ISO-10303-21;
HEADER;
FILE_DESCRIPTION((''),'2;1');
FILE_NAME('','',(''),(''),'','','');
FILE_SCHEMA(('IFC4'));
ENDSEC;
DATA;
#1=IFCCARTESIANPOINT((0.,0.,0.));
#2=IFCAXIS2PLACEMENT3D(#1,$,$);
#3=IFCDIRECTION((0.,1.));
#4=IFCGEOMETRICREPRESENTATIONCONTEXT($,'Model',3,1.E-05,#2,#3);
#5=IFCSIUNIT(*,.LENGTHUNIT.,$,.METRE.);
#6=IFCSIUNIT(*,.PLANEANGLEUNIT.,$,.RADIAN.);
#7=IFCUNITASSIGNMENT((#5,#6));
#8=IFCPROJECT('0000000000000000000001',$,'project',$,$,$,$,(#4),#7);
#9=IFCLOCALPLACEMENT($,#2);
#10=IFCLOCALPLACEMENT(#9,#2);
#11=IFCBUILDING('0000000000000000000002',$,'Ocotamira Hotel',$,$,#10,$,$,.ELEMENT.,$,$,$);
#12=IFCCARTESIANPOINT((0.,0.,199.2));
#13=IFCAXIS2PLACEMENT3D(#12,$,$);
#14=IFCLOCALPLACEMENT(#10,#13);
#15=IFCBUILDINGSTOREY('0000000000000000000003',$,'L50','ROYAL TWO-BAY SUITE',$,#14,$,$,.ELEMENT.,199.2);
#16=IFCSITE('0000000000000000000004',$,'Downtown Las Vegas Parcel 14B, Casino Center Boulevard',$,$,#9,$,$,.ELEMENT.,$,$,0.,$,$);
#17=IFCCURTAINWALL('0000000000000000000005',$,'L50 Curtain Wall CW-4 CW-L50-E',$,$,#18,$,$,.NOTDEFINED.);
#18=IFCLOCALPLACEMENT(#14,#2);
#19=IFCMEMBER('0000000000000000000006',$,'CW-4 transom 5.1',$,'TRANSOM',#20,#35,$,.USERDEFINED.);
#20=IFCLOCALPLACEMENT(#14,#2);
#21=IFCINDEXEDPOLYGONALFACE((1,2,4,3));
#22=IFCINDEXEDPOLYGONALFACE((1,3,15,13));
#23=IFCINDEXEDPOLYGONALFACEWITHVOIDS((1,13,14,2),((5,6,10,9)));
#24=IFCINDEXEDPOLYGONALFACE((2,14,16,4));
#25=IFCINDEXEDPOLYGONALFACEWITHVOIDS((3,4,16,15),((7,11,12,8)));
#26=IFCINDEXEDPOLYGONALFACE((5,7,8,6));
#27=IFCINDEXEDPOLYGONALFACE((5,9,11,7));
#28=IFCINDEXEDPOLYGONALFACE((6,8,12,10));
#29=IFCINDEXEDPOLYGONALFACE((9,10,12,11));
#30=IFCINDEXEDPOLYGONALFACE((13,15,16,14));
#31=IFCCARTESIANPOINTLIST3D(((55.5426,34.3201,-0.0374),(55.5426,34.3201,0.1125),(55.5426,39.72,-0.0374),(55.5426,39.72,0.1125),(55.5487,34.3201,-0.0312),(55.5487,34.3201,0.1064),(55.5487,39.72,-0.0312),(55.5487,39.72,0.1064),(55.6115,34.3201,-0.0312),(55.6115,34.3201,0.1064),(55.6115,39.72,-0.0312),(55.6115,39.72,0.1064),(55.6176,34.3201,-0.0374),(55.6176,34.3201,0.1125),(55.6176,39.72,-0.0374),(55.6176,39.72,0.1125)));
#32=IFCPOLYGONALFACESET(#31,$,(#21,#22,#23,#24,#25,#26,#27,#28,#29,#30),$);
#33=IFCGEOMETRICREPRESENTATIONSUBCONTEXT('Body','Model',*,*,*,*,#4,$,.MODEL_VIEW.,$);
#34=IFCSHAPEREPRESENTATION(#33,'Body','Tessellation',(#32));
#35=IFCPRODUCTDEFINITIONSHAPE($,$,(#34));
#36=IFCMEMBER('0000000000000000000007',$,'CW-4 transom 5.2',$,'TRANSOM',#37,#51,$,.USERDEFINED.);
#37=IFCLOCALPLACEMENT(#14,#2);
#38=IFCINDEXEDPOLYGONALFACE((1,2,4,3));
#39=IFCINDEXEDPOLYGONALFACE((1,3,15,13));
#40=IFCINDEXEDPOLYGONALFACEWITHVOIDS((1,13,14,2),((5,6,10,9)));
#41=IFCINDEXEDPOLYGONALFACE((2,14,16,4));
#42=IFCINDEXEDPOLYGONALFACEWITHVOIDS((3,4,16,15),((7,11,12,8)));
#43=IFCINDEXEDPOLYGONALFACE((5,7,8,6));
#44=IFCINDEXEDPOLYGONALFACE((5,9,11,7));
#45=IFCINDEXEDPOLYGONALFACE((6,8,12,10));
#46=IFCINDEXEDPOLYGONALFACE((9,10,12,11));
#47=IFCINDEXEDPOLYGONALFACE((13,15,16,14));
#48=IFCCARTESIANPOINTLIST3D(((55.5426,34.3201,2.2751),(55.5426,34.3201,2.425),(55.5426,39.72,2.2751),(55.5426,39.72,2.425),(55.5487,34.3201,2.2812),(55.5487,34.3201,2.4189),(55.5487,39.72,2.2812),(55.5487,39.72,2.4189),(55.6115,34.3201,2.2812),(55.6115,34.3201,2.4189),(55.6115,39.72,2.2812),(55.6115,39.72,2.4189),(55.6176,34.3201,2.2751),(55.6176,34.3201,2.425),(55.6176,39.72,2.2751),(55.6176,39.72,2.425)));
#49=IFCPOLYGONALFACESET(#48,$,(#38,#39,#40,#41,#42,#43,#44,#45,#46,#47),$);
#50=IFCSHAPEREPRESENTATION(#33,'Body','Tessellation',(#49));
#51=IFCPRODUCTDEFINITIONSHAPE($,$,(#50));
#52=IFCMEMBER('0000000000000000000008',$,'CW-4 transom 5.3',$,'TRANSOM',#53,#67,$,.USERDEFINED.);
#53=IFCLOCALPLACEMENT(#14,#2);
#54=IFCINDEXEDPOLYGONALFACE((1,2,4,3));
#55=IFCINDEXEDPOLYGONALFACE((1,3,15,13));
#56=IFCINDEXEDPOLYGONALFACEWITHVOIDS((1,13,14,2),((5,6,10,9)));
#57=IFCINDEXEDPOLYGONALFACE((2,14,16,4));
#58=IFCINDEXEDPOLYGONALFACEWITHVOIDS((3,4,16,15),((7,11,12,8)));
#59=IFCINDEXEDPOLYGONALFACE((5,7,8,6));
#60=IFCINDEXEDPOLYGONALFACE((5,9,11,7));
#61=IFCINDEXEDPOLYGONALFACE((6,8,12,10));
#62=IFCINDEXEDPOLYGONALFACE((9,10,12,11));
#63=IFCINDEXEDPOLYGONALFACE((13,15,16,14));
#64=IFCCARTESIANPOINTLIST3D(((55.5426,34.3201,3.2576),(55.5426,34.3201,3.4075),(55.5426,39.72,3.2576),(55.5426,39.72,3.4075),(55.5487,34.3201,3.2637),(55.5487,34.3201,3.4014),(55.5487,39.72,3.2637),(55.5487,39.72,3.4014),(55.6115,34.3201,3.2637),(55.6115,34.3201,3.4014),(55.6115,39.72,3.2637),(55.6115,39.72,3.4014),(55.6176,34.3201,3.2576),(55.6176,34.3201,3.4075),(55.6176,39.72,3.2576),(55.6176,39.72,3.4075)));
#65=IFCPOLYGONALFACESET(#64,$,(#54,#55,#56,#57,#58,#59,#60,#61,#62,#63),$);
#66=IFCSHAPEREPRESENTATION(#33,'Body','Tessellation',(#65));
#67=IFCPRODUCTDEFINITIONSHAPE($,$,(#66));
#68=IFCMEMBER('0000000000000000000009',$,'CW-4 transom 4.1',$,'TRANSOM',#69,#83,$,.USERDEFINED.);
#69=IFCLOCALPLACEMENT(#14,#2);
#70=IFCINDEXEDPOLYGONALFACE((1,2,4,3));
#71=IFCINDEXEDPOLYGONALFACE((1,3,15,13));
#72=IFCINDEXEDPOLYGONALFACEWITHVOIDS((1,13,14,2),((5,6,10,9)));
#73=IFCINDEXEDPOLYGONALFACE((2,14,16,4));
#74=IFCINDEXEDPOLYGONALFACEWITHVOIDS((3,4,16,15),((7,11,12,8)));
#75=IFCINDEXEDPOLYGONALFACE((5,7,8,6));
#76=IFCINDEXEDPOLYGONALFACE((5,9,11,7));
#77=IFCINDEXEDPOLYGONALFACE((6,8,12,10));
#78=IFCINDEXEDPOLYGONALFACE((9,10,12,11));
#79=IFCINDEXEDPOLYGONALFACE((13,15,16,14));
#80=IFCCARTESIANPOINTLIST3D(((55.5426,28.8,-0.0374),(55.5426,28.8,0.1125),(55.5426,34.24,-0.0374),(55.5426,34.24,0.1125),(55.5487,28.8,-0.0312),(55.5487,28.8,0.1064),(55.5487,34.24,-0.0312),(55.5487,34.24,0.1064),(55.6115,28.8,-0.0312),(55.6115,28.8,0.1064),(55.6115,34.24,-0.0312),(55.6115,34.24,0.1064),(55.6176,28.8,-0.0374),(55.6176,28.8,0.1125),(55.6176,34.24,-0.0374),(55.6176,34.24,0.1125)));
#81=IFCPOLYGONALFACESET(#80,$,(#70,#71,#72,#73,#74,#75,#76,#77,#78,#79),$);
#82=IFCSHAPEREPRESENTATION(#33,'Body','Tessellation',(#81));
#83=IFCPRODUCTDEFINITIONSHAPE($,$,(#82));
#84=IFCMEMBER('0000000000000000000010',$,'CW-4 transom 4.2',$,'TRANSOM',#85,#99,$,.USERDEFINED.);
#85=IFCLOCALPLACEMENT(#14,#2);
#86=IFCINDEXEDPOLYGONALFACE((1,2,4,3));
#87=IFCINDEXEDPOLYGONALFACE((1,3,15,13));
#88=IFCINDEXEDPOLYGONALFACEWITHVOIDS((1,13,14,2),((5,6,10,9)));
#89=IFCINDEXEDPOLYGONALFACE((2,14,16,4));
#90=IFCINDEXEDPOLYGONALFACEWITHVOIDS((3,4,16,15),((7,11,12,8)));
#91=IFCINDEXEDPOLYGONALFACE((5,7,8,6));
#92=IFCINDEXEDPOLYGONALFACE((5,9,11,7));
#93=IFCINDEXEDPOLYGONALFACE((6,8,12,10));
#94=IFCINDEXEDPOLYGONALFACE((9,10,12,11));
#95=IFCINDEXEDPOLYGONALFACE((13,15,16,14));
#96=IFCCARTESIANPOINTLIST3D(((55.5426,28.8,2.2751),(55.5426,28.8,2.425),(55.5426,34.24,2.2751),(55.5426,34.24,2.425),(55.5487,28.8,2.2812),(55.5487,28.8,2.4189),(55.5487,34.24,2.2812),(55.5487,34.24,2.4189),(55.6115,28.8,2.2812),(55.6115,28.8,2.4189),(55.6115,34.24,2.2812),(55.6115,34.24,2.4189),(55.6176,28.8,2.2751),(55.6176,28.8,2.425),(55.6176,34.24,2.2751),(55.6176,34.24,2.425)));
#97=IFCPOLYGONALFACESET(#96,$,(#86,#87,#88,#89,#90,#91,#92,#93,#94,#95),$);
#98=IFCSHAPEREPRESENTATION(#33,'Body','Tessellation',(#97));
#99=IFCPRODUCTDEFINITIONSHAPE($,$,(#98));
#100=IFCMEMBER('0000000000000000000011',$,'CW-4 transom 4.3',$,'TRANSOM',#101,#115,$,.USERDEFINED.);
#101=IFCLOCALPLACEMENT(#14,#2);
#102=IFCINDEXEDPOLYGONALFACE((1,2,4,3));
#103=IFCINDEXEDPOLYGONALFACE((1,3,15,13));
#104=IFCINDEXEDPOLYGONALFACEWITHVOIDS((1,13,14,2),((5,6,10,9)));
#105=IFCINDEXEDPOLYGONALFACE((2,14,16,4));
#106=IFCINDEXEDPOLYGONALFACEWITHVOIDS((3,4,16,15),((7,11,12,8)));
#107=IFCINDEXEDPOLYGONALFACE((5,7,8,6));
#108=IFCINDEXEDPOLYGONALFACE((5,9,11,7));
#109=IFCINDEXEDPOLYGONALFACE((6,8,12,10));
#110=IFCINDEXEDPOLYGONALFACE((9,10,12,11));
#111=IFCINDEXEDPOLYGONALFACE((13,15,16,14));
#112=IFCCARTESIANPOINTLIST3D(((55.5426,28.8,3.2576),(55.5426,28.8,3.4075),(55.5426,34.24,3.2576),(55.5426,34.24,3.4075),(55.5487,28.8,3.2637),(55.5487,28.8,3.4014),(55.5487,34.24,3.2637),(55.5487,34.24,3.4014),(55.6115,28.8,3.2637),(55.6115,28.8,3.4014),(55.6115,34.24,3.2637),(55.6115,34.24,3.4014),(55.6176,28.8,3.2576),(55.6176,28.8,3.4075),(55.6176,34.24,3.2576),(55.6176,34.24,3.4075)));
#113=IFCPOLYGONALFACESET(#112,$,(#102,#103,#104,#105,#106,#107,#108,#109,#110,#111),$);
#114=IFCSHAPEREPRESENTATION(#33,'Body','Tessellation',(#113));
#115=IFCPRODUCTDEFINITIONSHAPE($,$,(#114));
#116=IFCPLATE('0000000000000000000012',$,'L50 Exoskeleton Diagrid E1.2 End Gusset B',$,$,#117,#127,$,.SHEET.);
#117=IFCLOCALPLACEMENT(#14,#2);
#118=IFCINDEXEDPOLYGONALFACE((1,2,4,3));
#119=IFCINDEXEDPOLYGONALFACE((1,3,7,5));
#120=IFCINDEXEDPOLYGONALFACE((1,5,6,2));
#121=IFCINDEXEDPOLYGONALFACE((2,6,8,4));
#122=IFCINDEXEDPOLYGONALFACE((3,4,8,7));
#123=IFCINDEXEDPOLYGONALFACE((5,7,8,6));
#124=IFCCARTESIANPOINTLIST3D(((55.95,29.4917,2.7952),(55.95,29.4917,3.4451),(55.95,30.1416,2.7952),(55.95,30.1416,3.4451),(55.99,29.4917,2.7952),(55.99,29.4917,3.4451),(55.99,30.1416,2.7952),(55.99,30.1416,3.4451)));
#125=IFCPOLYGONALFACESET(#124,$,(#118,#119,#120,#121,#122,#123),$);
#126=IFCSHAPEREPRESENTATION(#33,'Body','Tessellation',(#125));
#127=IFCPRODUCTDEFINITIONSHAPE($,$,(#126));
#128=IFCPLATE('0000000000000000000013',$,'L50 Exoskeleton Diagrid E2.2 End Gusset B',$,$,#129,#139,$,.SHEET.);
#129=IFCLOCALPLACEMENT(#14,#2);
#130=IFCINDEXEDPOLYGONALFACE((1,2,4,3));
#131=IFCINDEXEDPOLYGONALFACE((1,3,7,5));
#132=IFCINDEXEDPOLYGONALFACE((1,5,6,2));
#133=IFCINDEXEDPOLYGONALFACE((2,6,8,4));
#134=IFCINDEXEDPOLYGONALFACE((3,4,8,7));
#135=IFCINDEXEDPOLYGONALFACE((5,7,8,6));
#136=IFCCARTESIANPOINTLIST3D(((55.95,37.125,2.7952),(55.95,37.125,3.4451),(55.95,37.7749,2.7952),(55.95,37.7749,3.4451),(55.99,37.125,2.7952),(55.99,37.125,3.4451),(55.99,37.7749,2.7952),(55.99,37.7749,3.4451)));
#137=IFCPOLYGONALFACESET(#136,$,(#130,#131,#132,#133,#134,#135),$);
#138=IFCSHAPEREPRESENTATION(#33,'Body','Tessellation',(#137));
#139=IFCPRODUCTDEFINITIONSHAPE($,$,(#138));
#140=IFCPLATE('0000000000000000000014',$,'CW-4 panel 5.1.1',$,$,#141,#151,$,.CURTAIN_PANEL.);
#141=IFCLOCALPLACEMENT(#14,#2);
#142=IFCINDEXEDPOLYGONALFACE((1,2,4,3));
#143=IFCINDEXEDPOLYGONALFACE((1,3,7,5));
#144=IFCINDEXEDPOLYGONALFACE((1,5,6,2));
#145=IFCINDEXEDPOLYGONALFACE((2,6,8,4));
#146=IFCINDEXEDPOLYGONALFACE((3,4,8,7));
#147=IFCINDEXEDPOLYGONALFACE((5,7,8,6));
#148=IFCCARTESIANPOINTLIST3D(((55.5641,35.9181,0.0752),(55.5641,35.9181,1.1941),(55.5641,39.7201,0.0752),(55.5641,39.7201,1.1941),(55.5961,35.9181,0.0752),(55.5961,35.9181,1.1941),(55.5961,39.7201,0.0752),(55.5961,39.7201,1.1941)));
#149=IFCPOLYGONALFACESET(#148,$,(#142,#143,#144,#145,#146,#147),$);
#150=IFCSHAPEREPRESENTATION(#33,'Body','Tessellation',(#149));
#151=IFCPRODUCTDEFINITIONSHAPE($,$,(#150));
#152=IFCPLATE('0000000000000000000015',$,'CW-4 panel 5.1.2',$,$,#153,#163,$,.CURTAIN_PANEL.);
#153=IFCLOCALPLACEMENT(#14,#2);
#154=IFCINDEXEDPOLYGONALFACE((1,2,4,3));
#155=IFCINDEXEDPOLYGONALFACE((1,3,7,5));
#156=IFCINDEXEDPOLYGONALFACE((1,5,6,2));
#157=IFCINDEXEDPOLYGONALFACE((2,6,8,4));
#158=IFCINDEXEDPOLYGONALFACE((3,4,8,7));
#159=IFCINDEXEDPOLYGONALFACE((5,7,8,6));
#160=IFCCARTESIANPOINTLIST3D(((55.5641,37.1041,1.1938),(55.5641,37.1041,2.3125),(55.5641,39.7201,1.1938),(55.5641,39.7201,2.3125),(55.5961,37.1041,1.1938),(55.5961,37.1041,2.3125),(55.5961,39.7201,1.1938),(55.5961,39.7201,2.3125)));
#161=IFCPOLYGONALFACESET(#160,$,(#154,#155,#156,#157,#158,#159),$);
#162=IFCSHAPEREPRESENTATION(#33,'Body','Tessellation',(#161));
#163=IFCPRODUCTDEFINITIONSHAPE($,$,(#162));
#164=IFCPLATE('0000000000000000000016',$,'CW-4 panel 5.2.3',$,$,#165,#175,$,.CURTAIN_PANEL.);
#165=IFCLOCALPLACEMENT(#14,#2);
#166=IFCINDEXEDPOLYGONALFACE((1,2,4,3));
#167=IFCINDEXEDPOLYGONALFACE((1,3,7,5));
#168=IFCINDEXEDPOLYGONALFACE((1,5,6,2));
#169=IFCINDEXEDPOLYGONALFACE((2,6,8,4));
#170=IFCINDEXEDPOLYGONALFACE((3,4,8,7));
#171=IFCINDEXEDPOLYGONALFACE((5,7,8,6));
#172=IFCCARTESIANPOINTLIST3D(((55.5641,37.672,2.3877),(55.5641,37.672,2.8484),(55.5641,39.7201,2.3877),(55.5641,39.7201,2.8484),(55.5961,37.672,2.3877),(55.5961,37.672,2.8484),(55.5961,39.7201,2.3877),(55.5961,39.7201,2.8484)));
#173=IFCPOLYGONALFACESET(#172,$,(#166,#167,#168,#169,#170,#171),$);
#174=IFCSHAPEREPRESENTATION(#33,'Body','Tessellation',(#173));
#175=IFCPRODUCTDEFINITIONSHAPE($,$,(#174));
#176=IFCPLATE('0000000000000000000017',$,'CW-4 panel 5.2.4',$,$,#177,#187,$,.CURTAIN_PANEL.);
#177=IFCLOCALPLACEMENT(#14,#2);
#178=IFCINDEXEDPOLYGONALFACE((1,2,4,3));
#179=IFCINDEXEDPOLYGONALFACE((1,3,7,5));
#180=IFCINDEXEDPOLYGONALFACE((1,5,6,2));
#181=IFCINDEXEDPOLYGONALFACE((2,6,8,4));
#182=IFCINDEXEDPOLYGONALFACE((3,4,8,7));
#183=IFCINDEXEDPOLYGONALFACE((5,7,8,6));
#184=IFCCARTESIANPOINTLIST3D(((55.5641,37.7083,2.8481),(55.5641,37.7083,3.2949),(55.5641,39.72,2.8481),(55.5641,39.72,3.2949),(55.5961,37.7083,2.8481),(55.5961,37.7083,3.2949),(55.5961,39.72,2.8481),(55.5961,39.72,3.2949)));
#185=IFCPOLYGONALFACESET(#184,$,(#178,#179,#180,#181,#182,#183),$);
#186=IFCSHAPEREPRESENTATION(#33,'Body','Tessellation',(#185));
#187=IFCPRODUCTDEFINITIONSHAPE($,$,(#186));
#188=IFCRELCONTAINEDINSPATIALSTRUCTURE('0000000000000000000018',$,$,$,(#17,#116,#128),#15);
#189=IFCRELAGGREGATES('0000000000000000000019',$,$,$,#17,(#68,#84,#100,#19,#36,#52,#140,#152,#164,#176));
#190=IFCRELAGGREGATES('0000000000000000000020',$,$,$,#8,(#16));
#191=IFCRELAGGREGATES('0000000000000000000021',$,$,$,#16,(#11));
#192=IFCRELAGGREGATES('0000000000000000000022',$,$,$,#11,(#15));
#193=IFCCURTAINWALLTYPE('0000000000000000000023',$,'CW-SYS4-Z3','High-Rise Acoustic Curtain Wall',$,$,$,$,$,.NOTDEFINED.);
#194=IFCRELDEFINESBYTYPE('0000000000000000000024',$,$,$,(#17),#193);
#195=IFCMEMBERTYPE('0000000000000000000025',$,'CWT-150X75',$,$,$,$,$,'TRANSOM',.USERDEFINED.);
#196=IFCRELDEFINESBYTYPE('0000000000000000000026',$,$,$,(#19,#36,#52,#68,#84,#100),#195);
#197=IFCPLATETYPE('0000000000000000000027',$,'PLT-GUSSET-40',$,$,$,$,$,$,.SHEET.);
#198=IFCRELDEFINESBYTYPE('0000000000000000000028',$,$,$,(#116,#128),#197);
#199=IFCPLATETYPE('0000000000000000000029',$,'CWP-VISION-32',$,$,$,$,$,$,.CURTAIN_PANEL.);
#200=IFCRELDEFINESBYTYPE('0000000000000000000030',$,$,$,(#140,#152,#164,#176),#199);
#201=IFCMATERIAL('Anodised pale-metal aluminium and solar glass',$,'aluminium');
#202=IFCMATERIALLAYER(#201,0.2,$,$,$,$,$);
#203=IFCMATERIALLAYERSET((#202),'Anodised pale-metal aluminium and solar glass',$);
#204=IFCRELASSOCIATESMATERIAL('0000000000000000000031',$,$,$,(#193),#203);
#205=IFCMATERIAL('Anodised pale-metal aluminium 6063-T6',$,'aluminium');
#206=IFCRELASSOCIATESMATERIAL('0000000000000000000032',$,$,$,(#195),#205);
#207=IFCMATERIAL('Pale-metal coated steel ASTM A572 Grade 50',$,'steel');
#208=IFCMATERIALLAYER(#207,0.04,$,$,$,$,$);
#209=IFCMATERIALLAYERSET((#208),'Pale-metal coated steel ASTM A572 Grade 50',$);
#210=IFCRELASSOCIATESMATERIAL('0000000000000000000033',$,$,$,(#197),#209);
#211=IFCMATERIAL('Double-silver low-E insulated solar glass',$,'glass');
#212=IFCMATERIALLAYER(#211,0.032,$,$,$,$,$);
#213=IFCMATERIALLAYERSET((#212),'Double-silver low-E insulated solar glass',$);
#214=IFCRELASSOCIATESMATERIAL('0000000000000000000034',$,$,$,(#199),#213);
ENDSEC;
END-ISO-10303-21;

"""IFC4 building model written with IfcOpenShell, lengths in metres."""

from ifc_helpers import new_model, si_unit, direction, frame, origin, origin_2d, place, context, subcontext, project, spatial, rectangle, hollow_rectangle, extrude, source, transform, mapped, material, layer, layer_set, material_profile, profile_set, type_object, element, aggregate, save


model = new_model("IFC4")

# Units and contexts
model_context = context("Model", 3, precision=1e-05, world=origin(), true_north=direction((0.0, 1.0)))
body_context = subcontext(model_context, "Body", "Model", "MODEL_VIEW")
ifc_project = project(units=[si_unit("LENGTHUNIT", "METRE"), si_unit("PLANEANGLEUNIT", "RADIAN")], contexts=[model_context])

# Site, building, storey
site_placement = place(None, origin())
site = spatial("IfcSite", under=ifc_project, at=site_placement, Name="Downtown Las Vegas Parcel 14B, Casino Center Boulevard", CompositionType="ELEMENT", RefElevation=0.0)
building_placement = place(site_placement, origin())
building = spatial("IfcBuilding", under=site, at=building_placement, Name="Ocotamira Hotel", CompositionType="ELEMENT")
storey_placement = place(building_placement, frame((0.0, 0.0, 199.2)))
storey = spatial("IfcBuildingStorey", under=building, at=storey_placement, Name="L50", Description="ROYAL TWO-BAY SUITE", CompositionType="ELEMENT", Elevation=199.2)

# Curtain wall, members
ifc_material_1 = material(Name="Anodised pale-metal aluminium and solar glass", Category="aluminium")
ifc_layer_1 = layer(ifc_material_1, 0.2)
ifc_layer_set_1 = layer_set([ifc_layer_1], Name="Anodised pale-metal aluminium and solar glass")
curtain_wall_type = type_object("IfcCurtainWallType", Name="CW-SYS4-Z3", Description="High-Rise Acoustic Curtain Wall", PredefinedType="NOTDEFINED", material=ifc_layer_set_1)
curtain_wall_placement = place(storey_placement, origin())
curtain_wall = element("IfcCurtainWall", 1, at=curtain_wall_placement, inside=storey, type_object=curtain_wall_type, Name="L50 Curtain Wall CW-4 CW-L50-E", PredefinedType="NOTDEFINED")
ifc_material_2 = material(Name="Anodised pale-metal aluminium 6063-T6", Category="aluminium")
ifc_material_profile_1 = material_profile(ifc_material_2, hollow_rectangle(XDim=0.075, YDim=0.1499, WallThickness=0.0061, at=origin_2d()), Name="HSS150X75X6")
ifc_profile_set_1 = profile_set([ifc_material_profile_1], Name="Anodised pale-metal aluminium 6063-T6")
member_type_1 = type_object("IfcMemberType", Name="CWT-150X75", ElementType="TRANSOM", PredefinedType="USERDEFINED", material=ifc_profile_set_1)
shared_shape_1 = source(origin(), body_context, "Body", "SweptSolid", [
    extrude(hollow_rectangle(XDim=0.075, YDim=0.1499, WallThickness=0.0061, at=origin_2d()), origin(), (0.0, 0.0, 1.0), 5.3999),
])
member_1_placement = place(storey_placement, frame((55.5801, 34.3201, 0.0376), z_axis=(0.0, 1.0, 0.0), x_axis=(-1.0, 0.0, 0.0)))
member_1 = element("IfcMember", 2, at=member_1_placement, type_object=member_type_1, Name="CW-4 transom 5.1", ObjectType="TRANSOM", PredefinedType="USERDEFINED", context=body_context, shape_type="MappedRepresentation", body=[
    mapped(shared_shape_1, transform((0.0, 0.0, 0.0), scale=1.0)),
])
member_2_placement = place(storey_placement, frame((55.5801, 34.3201, 2.3501), z_axis=(0.0, 1.0, 0.0), x_axis=(-1.0, 0.0, 0.0)))
member_2 = element("IfcMember", 3, at=member_2_placement, type_object=member_type_1, Name="CW-4 transom 5.2", ObjectType="TRANSOM", PredefinedType="USERDEFINED", context=body_context, shape_type="MappedRepresentation", body=[
    mapped(shared_shape_1, transform((0.0, 0.0, 0.0), scale=1.0)),
])
member_3_placement = place(storey_placement, frame((55.5801, 34.3201, 3.3325), z_axis=(0.0, 1.0, 0.0), x_axis=(-1.0, 0.0, 0.0)))
member_3 = element("IfcMember", 4, at=member_3_placement, type_object=member_type_1, Name="CW-4 transom 5.3", ObjectType="TRANSOM", PredefinedType="USERDEFINED", context=body_context, shape_type="MappedRepresentation", body=[
    mapped(shared_shape_1, transform((0.0, 0.0, 0.0), scale=1.0)),
])
shared_shape_2 = source(origin(), body_context, "Body", "SweptSolid", [
    extrude(hollow_rectangle(XDim=0.075, YDim=0.1499, WallThickness=0.0061, at=origin_2d()), origin(), (0.0, 0.0, 1.0), 5.4399),
])
member_4_placement = place(storey_placement, frame((55.5801, 28.8, 0.0376), z_axis=(0.0, 1.0, 0.0), x_axis=(-1.0, 0.0, 0.0)))
member_4 = element("IfcMember", 5, at=member_4_placement, type_object=member_type_1, Name="CW-4 transom 4.1", ObjectType="TRANSOM", PredefinedType="USERDEFINED", context=body_context, shape_type="MappedRepresentation", body=[
    mapped(shared_shape_2, transform((0.0, 0.0, 0.0), scale=1.0)),
])
member_5_placement = place(storey_placement, frame((55.5801, 28.8, 2.3501), z_axis=(0.0, 1.0, 0.0), x_axis=(-1.0, 0.0, 0.0)))
member_5 = element("IfcMember", 6, at=member_5_placement, type_object=member_type_1, Name="CW-4 transom 4.2", ObjectType="TRANSOM", PredefinedType="USERDEFINED", context=body_context, shape_type="MappedRepresentation", body=[
    mapped(shared_shape_2, transform((0.0, 0.0, 0.0), scale=1.0)),
])
member_6_placement = place(storey_placement, frame((55.5801, 28.8, 3.3325), z_axis=(0.0, 1.0, 0.0), x_axis=(-1.0, 0.0, 0.0)))
member_6 = element("IfcMember", 7, at=member_6_placement, type_object=member_type_1, Name="CW-4 transom 4.3", ObjectType="TRANSOM", PredefinedType="USERDEFINED", context=body_context, shape_type="MappedRepresentation", body=[
    mapped(shared_shape_2, transform((0.0, 0.0, 0.0), scale=1.0)),
])

# Plates
ifc_material_3 = material(Name="Pale-metal coated steel ASTM A572 Grade 50", Category="steel")
ifc_layer_2 = layer(ifc_material_3, 0.04)
ifc_layer_set_2 = layer_set([ifc_layer_2], Name="Pale-metal coated steel ASTM A572 Grade 50")
plate_type_1 = type_object("IfcPlateType", Name="PLT-GUSSET-40", PredefinedType="SHEET", material=ifc_layer_set_2)
shared_shape_3 = source(origin(), body_context, "Body", "SweptSolid", [
    extrude(rectangle(XDim=0.04, YDim=0.6499, at=origin_2d()), origin(), (0.0, 0.0, 1.0), 0.6499),
])
for number, where, z_axis, x_axis, name in (
    (8, (55.97, 29.8167, 2.7952), (0.0, 0.0, 1.0), (1.0, 0.0, 0.0), "L50 Exoskeleton Diagrid E1.2 End Gusset B"),
    (9, (55.97, 37.45, 2.7952), (0.0, 0.0, 1.0), (1.0, 0.0, 0.0), "L50 Exoskeleton Diagrid E2.2 End Gusset B"),
):
    element("IfcPlate", number, at=place(storey_placement, frame(where, z_axis=z_axis, x_axis=x_axis)), inside=storey, type_object=plate_type_1, Name=name, PredefinedType="SHEET", context=body_context, shape_type="MappedRepresentation", body=[
        mapped(shared_shape_3, transform((0.0, 0.0, 0.0), scale=1.0)),
    ])

# Plates
ifc_material_4 = material(Name="Double-silver low-E insulated solar glass", Category="glass")
ifc_layer_3 = layer(ifc_material_4, 0.032)
ifc_layer_set_3 = layer_set([ifc_layer_3], Name="Double-silver low-E insulated solar glass")
plate_type_2 = type_object("IfcPlateType", Name="CWP-VISION-32", PredefinedType="CURTAIN_PANEL", material=ifc_layer_set_3)
shared_shape_4 = source(origin(), body_context, "Body", "SweptSolid", [
    extrude(rectangle(XDim=3.802, YDim=0.032, at=origin_2d()), origin(), (0.0, 0.0, 1.0), 1.1189),
])
plate_1_placement = place(storey_placement, frame((55.5801, 37.8191, 0.0752), z_axis=(0.0, 0.0, 1.0), x_axis=(0.0, 1.0, 0.0)))
plate_1 = element("IfcPlate", 10, at=plate_1_placement, type_object=plate_type_2, Name="CW-4 panel 5.1.1", PredefinedType="CURTAIN_PANEL", context=body_context, shape_type="MappedRepresentation", body=[
    mapped(shared_shape_4, transform((0.0, 0.0, 0.0), scale=1.0)),
])
shared_shape_5 = source(origin(), body_context, "Body", "SweptSolid", [
    extrude(rectangle(XDim=2.616, YDim=0.032, at=origin_2d()), origin(), (0.0, 0.0, 1.0), 1.1187),
])
plate_2_placement = place(storey_placement, frame((55.5801, 38.4121, 1.1938), z_axis=(0.0, 0.0, 1.0), x_axis=(0.0, 1.0, 0.0)))
plate_2 = element("IfcPlate", 11, at=plate_2_placement, type_object=plate_type_2, Name="CW-4 panel 5.1.2", PredefinedType="CURTAIN_PANEL", context=body_context, shape_type="MappedRepresentation", body=[
    mapped(shared_shape_5, transform((0.0, 0.0, 0.0), scale=1.0)),
])
shared_shape_6 = source(origin(), body_context, "Body", "SweptSolid", [
    extrude(rectangle(XDim=2.0481, YDim=0.032, at=origin_2d()), origin(), (0.0, 0.0, 1.0), 0.4607),
])
plate_3_placement = place(storey_placement, frame((55.5801, 38.696, 2.3877), z_axis=(0.0, 0.0, 1.0), x_axis=(0.0, 1.0, 0.0)))
plate_3 = element("IfcPlate", 12, at=plate_3_placement, type_object=plate_type_2, Name="CW-4 panel 5.2.3", PredefinedType="CURTAIN_PANEL", context=body_context, shape_type="MappedRepresentation", body=[
    mapped(shared_shape_6, transform((0.0, 0.0, 0.0), scale=1.0)),
])
shared_shape_7 = source(origin(), body_context, "Body", "SweptSolid", [
    extrude(rectangle(XDim=2.0117, YDim=0.032, at=origin_2d()), origin(), (0.0, 0.0, 1.0), 0.4468),
])
plate_4_placement = place(storey_placement, frame((55.5801, 38.7141, 2.8481), z_axis=(0.0, 0.0, 1.0), x_axis=(0.0, 1.0, 0.0)))
plate_4 = element("IfcPlate", 13, at=plate_4_placement, type_object=plate_type_2, Name="CW-4 panel 5.2.4", PredefinedType="CURTAIN_PANEL", context=body_context, shape_type="MappedRepresentation", body=[
    mapped(shared_shape_7, transform((0.0, 0.0, 0.0), scale=1.0)),
])
aggregate(curtain_wall, [member_4, member_5, member_6, member_1, member_2, member_3, plate_1, plate_2, plate_3, plate_4])

save(model, "model.ifc")
